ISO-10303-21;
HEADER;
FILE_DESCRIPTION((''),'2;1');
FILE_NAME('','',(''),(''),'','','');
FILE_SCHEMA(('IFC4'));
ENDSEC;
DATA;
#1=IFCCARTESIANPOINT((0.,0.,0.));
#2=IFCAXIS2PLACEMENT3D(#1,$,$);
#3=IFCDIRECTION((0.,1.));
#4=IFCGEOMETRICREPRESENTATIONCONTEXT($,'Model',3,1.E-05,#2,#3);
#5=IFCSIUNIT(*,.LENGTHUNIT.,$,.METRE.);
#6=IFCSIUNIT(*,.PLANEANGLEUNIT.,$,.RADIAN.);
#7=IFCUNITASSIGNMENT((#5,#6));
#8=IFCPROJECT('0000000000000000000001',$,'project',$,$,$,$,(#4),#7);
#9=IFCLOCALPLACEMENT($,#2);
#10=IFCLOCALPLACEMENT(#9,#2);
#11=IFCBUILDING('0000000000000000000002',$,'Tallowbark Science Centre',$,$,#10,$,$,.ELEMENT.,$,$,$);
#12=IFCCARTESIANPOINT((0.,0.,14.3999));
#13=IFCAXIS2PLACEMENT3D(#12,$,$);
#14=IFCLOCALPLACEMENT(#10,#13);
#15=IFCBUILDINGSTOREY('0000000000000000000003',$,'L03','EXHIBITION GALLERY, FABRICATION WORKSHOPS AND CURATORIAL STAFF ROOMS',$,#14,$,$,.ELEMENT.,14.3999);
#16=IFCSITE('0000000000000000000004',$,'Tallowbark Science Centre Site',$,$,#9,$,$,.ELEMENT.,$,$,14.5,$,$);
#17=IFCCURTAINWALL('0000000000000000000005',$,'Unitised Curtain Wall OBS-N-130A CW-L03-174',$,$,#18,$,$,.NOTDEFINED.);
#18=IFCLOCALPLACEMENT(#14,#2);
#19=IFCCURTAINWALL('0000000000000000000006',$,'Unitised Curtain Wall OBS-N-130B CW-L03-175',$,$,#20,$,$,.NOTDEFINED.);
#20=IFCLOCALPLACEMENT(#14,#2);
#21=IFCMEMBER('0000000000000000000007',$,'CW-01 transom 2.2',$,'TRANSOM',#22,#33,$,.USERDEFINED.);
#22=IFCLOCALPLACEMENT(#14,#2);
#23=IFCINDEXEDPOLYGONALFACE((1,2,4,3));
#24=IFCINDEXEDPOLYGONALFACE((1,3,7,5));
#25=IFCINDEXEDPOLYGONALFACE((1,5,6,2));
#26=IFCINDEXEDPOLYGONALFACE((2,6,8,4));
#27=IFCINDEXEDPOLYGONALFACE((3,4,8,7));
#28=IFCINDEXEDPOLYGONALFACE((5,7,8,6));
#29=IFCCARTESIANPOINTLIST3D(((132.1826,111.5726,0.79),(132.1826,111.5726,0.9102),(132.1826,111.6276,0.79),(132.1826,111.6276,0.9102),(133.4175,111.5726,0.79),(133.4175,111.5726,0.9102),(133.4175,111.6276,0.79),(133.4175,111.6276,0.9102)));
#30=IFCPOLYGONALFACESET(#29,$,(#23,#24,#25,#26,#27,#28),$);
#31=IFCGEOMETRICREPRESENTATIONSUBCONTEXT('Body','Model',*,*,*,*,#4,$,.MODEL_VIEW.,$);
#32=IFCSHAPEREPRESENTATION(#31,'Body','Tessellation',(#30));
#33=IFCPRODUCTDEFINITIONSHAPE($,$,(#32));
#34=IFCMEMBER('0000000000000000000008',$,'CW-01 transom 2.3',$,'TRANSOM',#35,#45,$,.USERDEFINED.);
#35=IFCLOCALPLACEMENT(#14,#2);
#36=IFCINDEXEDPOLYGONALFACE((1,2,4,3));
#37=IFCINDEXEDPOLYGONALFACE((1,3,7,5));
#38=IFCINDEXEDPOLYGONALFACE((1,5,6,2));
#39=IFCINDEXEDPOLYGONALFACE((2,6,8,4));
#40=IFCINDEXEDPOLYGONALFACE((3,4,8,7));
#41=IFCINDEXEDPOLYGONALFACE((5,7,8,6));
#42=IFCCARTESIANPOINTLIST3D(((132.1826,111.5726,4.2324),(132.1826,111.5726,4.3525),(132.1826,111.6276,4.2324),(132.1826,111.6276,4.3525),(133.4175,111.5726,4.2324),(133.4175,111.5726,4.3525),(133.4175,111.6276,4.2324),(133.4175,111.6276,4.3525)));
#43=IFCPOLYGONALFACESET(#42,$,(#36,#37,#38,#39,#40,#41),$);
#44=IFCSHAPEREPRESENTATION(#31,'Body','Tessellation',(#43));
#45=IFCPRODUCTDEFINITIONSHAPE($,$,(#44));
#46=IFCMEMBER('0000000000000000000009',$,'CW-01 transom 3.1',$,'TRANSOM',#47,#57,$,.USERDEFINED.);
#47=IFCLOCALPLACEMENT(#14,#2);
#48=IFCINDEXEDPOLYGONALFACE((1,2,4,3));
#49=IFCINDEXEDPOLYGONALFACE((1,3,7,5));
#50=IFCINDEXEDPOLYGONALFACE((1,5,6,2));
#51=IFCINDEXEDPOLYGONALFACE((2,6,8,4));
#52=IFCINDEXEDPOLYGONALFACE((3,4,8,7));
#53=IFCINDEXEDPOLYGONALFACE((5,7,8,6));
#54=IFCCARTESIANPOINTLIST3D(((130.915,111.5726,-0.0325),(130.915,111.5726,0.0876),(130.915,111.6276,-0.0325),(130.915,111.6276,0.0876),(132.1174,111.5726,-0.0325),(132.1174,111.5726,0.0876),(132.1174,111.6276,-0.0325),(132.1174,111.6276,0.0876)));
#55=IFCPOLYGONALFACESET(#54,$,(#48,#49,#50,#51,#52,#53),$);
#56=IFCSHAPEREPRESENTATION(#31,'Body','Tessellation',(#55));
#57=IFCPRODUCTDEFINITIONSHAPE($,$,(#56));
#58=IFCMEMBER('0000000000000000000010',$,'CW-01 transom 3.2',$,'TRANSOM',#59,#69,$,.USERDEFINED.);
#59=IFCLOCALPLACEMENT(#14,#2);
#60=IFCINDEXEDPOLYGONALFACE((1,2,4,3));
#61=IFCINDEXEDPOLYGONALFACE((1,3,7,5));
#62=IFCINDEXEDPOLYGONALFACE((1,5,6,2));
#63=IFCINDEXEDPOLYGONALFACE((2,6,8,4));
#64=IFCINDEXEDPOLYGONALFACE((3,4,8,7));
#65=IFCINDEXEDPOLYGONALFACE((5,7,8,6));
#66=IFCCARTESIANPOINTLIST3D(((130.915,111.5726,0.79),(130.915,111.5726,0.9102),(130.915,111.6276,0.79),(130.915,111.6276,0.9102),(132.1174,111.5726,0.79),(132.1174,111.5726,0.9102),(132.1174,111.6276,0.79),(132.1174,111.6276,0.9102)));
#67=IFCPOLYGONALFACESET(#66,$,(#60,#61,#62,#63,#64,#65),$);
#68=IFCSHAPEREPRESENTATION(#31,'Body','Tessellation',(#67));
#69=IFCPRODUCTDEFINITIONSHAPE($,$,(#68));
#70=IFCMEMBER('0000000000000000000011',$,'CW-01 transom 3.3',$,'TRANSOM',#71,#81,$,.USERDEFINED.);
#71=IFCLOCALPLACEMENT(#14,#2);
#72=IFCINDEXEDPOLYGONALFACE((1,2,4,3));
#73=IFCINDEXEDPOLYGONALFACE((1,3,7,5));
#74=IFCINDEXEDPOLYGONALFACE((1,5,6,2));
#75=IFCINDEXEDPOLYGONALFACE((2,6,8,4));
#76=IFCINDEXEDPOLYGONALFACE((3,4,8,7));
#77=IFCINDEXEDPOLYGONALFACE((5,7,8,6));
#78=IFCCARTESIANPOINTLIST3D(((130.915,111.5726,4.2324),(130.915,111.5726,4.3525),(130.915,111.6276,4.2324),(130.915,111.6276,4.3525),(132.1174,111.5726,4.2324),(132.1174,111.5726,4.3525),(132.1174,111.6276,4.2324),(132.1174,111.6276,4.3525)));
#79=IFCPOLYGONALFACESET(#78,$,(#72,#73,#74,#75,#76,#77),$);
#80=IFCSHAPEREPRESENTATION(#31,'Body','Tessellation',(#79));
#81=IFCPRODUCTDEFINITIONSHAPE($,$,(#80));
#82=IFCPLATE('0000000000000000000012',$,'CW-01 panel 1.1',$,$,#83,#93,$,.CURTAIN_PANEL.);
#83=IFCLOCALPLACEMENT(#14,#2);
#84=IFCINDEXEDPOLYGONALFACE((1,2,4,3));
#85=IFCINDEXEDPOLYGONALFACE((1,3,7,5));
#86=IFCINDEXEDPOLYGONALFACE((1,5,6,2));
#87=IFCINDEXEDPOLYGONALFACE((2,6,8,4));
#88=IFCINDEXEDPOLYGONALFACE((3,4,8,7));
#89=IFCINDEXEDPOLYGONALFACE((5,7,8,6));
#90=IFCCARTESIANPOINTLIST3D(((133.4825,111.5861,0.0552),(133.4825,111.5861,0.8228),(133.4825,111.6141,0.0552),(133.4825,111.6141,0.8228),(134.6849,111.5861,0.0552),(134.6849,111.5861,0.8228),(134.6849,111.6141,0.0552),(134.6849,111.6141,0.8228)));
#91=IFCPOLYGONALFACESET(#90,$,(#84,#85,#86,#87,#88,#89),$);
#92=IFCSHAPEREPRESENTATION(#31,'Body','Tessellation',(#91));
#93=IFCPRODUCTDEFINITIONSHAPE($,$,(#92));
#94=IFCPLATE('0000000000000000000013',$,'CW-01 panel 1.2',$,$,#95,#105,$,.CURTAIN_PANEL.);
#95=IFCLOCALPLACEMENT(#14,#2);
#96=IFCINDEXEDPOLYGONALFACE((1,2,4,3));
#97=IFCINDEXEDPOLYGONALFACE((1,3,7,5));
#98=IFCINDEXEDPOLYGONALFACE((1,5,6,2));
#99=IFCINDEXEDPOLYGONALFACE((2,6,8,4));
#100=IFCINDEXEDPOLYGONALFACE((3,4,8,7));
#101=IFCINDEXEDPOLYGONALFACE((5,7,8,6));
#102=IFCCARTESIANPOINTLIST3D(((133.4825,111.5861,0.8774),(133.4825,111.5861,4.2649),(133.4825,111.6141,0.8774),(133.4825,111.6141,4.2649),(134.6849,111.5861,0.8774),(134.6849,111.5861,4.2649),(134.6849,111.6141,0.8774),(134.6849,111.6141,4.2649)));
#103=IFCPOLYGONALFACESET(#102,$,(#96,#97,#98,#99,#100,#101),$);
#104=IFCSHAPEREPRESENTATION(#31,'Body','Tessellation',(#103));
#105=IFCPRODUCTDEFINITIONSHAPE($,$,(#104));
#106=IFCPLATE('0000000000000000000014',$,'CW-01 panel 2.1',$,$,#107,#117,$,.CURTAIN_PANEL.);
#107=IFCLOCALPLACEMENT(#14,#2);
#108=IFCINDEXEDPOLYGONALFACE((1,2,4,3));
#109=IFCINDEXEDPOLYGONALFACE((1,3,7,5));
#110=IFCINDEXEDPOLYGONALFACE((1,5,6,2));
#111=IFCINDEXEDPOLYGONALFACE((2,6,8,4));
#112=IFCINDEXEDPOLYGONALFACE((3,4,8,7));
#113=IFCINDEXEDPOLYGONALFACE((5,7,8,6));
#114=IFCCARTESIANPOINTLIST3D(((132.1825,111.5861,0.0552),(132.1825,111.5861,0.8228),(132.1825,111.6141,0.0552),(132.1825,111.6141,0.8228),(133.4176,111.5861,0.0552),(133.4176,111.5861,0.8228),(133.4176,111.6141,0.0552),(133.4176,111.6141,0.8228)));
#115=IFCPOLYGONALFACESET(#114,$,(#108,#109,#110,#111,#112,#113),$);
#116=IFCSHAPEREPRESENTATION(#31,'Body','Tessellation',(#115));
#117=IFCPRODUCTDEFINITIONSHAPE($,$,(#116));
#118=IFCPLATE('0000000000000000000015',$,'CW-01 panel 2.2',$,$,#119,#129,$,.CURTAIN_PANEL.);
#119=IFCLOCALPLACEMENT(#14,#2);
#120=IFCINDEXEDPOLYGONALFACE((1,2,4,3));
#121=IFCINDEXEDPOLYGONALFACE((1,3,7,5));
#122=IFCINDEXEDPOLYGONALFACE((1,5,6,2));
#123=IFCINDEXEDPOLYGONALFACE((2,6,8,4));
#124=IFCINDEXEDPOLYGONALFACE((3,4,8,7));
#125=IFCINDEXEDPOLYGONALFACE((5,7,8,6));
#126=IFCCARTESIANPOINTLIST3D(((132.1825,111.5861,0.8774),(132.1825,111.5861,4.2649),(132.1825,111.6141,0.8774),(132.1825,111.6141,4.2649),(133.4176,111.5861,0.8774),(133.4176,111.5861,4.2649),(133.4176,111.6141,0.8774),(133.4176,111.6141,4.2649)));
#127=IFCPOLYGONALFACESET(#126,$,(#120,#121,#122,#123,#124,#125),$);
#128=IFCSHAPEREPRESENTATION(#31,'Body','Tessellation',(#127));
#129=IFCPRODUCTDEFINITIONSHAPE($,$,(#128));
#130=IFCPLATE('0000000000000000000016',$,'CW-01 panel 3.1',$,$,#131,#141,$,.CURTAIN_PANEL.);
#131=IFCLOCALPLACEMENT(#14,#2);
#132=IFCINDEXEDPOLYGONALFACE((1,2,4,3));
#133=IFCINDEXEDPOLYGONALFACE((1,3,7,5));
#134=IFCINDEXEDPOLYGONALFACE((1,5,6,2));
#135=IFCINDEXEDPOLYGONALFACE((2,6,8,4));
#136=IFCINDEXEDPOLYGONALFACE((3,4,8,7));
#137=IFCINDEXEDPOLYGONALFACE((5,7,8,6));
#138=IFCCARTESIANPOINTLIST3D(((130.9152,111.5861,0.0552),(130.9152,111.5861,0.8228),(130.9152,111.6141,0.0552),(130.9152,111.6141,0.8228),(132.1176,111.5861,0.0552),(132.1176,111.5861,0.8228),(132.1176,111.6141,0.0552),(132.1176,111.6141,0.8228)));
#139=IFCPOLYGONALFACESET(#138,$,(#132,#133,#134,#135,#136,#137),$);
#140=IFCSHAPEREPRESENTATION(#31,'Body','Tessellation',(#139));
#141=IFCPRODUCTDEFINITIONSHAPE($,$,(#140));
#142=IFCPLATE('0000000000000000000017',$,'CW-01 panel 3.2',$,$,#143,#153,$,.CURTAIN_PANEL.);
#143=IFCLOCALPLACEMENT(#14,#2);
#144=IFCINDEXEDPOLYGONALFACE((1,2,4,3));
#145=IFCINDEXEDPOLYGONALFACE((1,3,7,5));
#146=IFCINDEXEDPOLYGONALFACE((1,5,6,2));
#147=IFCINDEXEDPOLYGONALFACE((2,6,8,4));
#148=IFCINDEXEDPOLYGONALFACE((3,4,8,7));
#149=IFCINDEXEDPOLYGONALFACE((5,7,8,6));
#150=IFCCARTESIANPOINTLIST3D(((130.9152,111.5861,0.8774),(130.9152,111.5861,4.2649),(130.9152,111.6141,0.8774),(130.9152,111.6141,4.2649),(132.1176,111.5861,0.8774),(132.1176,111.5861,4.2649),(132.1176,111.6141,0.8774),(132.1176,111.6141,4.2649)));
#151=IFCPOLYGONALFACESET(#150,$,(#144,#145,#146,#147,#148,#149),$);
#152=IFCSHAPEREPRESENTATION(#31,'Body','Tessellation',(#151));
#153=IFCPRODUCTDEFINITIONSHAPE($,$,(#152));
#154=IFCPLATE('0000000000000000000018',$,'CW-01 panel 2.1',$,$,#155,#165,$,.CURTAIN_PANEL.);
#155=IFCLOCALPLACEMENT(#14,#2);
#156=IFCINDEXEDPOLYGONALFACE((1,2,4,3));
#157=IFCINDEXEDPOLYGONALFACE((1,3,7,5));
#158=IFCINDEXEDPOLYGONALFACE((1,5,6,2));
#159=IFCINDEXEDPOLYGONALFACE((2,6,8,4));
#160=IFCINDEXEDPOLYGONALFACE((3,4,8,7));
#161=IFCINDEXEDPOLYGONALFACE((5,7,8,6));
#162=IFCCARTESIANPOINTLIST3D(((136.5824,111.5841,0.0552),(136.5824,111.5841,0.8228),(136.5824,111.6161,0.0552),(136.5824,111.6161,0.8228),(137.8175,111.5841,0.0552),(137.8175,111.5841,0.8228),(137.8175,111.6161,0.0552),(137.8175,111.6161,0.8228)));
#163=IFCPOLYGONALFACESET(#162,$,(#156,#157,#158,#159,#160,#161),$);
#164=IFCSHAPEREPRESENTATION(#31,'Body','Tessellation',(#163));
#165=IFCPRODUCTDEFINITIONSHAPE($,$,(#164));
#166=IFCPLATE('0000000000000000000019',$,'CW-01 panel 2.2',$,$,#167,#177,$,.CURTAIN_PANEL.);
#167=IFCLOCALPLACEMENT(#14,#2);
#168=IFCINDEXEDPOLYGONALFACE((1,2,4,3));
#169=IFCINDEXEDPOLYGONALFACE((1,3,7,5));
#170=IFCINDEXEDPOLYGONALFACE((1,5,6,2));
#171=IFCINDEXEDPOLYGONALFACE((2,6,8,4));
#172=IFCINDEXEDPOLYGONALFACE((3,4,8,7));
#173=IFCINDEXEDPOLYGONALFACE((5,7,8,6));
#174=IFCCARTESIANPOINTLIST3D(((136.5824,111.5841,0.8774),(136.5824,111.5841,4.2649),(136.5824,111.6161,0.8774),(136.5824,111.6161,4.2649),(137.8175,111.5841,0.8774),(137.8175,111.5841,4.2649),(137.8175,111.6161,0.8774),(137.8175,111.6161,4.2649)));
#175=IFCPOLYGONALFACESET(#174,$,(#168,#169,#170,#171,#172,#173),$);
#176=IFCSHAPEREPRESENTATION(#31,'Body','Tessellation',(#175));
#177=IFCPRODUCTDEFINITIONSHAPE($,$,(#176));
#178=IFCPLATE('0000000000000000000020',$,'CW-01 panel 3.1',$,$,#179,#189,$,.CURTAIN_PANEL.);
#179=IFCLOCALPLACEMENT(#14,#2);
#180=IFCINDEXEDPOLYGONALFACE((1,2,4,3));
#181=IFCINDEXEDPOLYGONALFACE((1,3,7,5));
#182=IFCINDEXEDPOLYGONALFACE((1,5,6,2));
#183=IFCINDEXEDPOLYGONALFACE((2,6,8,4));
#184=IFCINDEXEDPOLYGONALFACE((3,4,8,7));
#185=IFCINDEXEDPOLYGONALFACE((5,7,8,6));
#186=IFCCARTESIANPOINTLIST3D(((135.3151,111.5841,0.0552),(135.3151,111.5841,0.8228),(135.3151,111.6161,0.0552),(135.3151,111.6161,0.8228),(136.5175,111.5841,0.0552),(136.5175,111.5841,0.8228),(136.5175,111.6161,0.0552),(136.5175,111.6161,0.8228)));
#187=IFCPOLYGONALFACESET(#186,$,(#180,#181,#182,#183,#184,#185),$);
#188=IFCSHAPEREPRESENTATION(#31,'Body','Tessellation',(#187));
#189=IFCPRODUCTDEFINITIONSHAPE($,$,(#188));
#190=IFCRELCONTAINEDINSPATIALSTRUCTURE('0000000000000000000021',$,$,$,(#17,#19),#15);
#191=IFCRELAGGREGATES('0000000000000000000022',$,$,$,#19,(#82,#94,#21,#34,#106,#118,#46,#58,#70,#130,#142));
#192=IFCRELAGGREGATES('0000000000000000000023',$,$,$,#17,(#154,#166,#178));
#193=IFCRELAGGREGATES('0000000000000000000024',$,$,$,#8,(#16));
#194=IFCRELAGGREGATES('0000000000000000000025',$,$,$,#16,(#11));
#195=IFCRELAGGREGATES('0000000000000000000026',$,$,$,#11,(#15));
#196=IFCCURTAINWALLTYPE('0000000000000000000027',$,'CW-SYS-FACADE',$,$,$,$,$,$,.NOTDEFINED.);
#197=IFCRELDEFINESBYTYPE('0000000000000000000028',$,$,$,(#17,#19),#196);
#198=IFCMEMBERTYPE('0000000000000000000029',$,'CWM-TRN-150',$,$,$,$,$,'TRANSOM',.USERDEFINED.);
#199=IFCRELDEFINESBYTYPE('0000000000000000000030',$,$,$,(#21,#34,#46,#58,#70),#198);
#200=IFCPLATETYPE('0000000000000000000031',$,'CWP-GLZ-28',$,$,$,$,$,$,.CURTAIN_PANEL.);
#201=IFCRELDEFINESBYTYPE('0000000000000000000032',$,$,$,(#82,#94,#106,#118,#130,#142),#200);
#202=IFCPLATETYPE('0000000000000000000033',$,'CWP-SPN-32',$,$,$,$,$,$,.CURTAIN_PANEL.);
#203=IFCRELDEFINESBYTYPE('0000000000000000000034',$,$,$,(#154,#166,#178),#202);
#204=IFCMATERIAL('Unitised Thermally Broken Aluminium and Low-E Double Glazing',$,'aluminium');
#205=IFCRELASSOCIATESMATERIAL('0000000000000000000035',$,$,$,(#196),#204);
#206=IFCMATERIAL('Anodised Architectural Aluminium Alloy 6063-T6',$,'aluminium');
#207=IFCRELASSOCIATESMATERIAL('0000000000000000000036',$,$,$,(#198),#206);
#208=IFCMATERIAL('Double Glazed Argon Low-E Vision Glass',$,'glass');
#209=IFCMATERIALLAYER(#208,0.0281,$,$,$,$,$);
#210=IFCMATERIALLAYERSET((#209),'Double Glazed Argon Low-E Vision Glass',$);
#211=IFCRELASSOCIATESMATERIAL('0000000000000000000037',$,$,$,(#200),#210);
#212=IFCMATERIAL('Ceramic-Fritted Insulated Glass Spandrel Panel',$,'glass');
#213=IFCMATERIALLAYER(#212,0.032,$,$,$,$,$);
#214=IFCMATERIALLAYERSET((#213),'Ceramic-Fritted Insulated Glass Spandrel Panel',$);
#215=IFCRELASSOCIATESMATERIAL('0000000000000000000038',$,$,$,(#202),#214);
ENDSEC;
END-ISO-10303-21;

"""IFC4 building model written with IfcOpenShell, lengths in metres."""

from ifc_helpers import new_model, si_unit, direction, frame, origin, origin_2d, place, context, subcontext, project, spatial, rectangle, extrude, material, layer, layer_set, material_profile, profile_set, type_object, element, aggregate, save


model = new_model("IFC4")

# Units and contexts
model_context = context("Model", 3, precision=1e-05, world=origin(), true_north=direction((0.0, 1.0)))
body_context = subcontext(model_context, "Body", "Model", "MODEL_VIEW")
ifc_project = project(units=[si_unit("LENGTHUNIT", "METRE"), si_unit("PLANEANGLEUNIT", "RADIAN")], contexts=[model_context])

# Site, building, storey
site_placement = place(None, origin())
site = spatial("IfcSite", under=ifc_project, at=site_placement, Name="Tallowbark Science Centre Site", CompositionType="ELEMENT", RefElevation=14.5)
building_placement = place(site_placement, origin())
building = spatial("IfcBuilding", under=site, at=building_placement, Name="Tallowbark Science Centre", CompositionType="ELEMENT")
storey_placement = place(building_placement, frame((0.0, 0.0, 14.3999)))
storey = spatial("IfcBuildingStorey", under=building, at=storey_placement, Name="L03", Description="EXHIBITION GALLERY, FABRICATION WORKSHOPS AND CURATORIAL STAFF ROOMS", CompositionType="ELEMENT", Elevation=14.3999)

# Curtain walls
ifc_material_1 = material(Name="Unitised Thermally Broken Aluminium and Low-E Double Glazing", Category="aluminium")
curtain_wall_type = type_object("IfcCurtainWallType", Name="CW-SYS-FACADE", PredefinedType="NOTDEFINED", material=ifc_material_1)
curtain_wall_1_placement = place(storey_placement, origin())
curtain_wall_1 = element("IfcCurtainWall", 1, at=curtain_wall_1_placement, inside=storey, type_object=curtain_wall_type, Name="Unitised Curtain Wall OBS-N-130A CW-L03-174", PredefinedType="NOTDEFINED")
ifc_material_2 = material(Name="Anodised Architectural Aluminium Alloy 6063-T6", Category="aluminium")
curtain_wall_2_placement = place(storey_placement, origin())
curtain_wall_2 = element("IfcCurtainWall", 2, at=curtain_wall_2_placement, inside=storey, type_object=curtain_wall_type, Name="Unitised Curtain Wall OBS-N-130B CW-L03-175", PredefinedType="NOTDEFINED")

# Members
ifc_material_profile_1 = material_profile(ifc_material_2, rectangle(XDim=0.0549, YDim=0.1201, at=origin_2d()), Name="ALU55x120")
ifc_profile_set_1 = profile_set([ifc_material_profile_1], Name="Anodised Architectural Aluminium Alloy 6063-T6")
member_type_1 = type_object("IfcMemberType", Name="CWM-TRN-150", ElementType="TRANSOM", PredefinedType="USERDEFINED", material=ifc_profile_set_1)
member_1_placement = place(storey_placement, frame((133.4175, 111.6001, 0.8501), z_axis=(-1.0, 0.0, 0.0), x_axis=(0.0, -1.0, 0.0)))
member_1 = element("IfcMember", 3, at=member_1_placement, type_object=member_type_1, Name="CW-01 transom 2.2", ObjectType="TRANSOM", PredefinedType="USERDEFINED", context=body_context, shape_type="SweptSolid", body=[
    extrude(rectangle(XDim=0.0549, YDim=0.1201, at=origin_2d()), origin(), (0.0, 0.0, 1.0), 1.2349),
])
member_2_placement = place(storey_placement, frame((133.4175, 111.6001, 4.2925), z_axis=(-1.0, 0.0, 0.0), x_axis=(0.0, -1.0, 0.0)))
member_2 = element("IfcMember", 4, at=member_2_placement, type_object=member_type_1, Name="CW-01 transom 2.3", ObjectType="TRANSOM", PredefinedType="USERDEFINED", context=body_context, shape_type="SweptSolid", body=[
    extrude(rectangle(XDim=0.0549, YDim=0.1201, at=origin_2d()), origin(), (0.0, 0.0, 1.0), 1.2349),
])
member_3_placement = place(storey_placement, frame((132.1174, 111.6001, 0.0276), z_axis=(-1.0, 0.0, 0.0), x_axis=(0.0, -1.0, 0.0)))
member_3 = element("IfcMember", 5, at=member_3_placement, type_object=member_type_1, Name="CW-01 transom 3.1", ObjectType="TRANSOM", PredefinedType="USERDEFINED", context=body_context, shape_type="SweptSolid", body=[
    extrude(rectangle(XDim=0.0549, YDim=0.1201, at=origin_2d()), origin(), (0.0, 0.0, 1.0), 1.2024),
])
member_4_placement = place(storey_placement, frame((132.1174, 111.6001, 0.8501), z_axis=(-1.0, 0.0, 0.0), x_axis=(0.0, -1.0, 0.0)))
member_4 = element("IfcMember", 6, at=member_4_placement, type_object=member_type_1, Name="CW-01 transom 3.2", ObjectType="TRANSOM", PredefinedType="USERDEFINED", context=body_context, shape_type="SweptSolid", body=[
    extrude(rectangle(XDim=0.0549, YDim=0.1201, at=origin_2d()), origin(), (0.0, 0.0, 1.0), 1.2024),
])
member_5_placement = place(storey_placement, frame((132.1174, 111.6001, 4.2925), z_axis=(-1.0, 0.0, 0.0), x_axis=(0.0, -1.0, 0.0)))
member_5 = element("IfcMember", 7, at=member_5_placement, type_object=member_type_1, Name="CW-01 transom 3.3", ObjectType="TRANSOM", PredefinedType="USERDEFINED", context=body_context, shape_type="SweptSolid", body=[
    extrude(rectangle(XDim=0.0549, YDim=0.1201, at=origin_2d()), origin(), (0.0, 0.0, 1.0), 1.2024),
])

# Plates
ifc_material_3 = material(Name="Double Glazed Argon Low-E Vision Glass", Category="glass")
ifc_layer_1 = layer(ifc_material_3, 0.0281)
ifc_layer_set_1 = layer_set([ifc_layer_1], Name="Double Glazed Argon Low-E Vision Glass")
plate_type_1 = type_object("IfcPlateType", Name="CWP-GLZ-28", PredefinedType="CURTAIN_PANEL", material=ifc_layer_set_1)
plate_1_placement = place(storey_placement, frame((134.0837, 111.6001, 0.0552), z_axis=(0.0, 0.0, 1.0), x_axis=(-1.0, 0.0, 0.0)))
plate_1 = element("IfcPlate", 8, at=plate_1_placement, type_object=plate_type_1, Name="CW-01 panel 1.1", PredefinedType="CURTAIN_PANEL", context=body_context, shape_type="SweptSolid", body=[
    extrude(rectangle(XDim=1.2024, YDim=0.0281, at=origin_2d()), origin(), (0.0, 0.0, 1.0), 0.7676),
])
plate_2_placement = place(storey_placement, frame((134.0837, 111.6001, 0.8774), z_axis=(0.0, 0.0, 1.0), x_axis=(-1.0, 0.0, 0.0)))
plate_2 = element("IfcPlate", 9, at=plate_2_placement, type_object=plate_type_1, Name="CW-01 panel 1.2", PredefinedType="CURTAIN_PANEL", context=body_context, shape_type="SweptSolid", body=[
    extrude(rectangle(XDim=1.2024, YDim=0.0281, at=origin_2d()), origin(), (0.0, 0.0, 1.0), 3.3875),
])
plate_3_placement = place(storey_placement, frame((132.8, 111.6001, 0.0552), z_axis=(0.0, 0.0, 1.0), x_axis=(-1.0, 0.0, 0.0)))
plate_3 = element("IfcPlate", 10, at=plate_3_placement, type_object=plate_type_1, Name="CW-01 panel 2.1", PredefinedType="CURTAIN_PANEL", context=body_context, shape_type="SweptSolid", body=[
    extrude(rectangle(XDim=1.2351, YDim=0.0281, at=origin_2d()), origin(), (0.0, 0.0, 1.0), 0.7676),
])
plate_4_placement = place(storey_placement, frame((132.8, 111.6001, 0.8774), z_axis=(0.0, 0.0, 1.0), x_axis=(-1.0, 0.0, 0.0)))
plate_4 = element("IfcPlate", 11, at=plate_4_placement, type_object=plate_type_1, Name="CW-01 panel 2.2", PredefinedType="CURTAIN_PANEL", context=body_context, shape_type="SweptSolid", body=[
    extrude(rectangle(XDim=1.2351, YDim=0.0281, at=origin_2d()), origin(), (0.0, 0.0, 1.0), 3.3875),
])
plate_5_placement = place(storey_placement, frame((131.5164, 111.6001, 0.0552), z_axis=(0.0, 0.0, 1.0), x_axis=(-1.0, 0.0, 0.0)))
plate_5 = element("IfcPlate", 12, at=plate_5_placement, type_object=plate_type_1, Name="CW-01 panel 3.1", PredefinedType="CURTAIN_PANEL", context=body_context, shape_type="SweptSolid", body=[
    extrude(rectangle(XDim=1.2024, YDim=0.0281, at=origin_2d()), origin(), (0.0, 0.0, 1.0), 0.7676),
])
plate_6_placement = place(storey_placement, frame((131.5164, 111.6001, 0.8774), z_axis=(0.0, 0.0, 1.0), x_axis=(-1.0, 0.0, 0.0)))
plate_6 = element("IfcPlate", 13, at=plate_6_placement, type_object=plate_type_1, Name="CW-01 panel 3.2", PredefinedType="CURTAIN_PANEL", context=body_context, shape_type="SweptSolid", body=[
    extrude(rectangle(XDim=1.2024, YDim=0.0281, at=origin_2d()), origin(), (0.0, 0.0, 1.0), 3.3875),
])
aggregate(curtain_wall_2, [plate_1, plate_2, member_1, member_2, plate_3, plate_4, member_3, member_4, member_5, plate_5, plate_6])
ifc_material_4 = material(Name="Ceramic-Fritted Insulated Glass Spandrel Panel", Category="glass")
ifc_layer_2 = layer(ifc_material_4, 0.032)
ifc_layer_set_2 = layer_set([ifc_layer_2], Name="Ceramic-Fritted Insulated Glass Spandrel Panel")
plate_type_2 = type_object("IfcPlateType", Name="CWP-SPN-32", PredefinedType="CURTAIN_PANEL", material=ifc_layer_set_2)
plate_7_placement = place(storey_placement, frame((137.2, 111.6001, 0.0552), z_axis=(0.0, 0.0, 1.0), x_axis=(-1.0, 0.0, 0.0)))
plate_7 = element("IfcPlate", 14, at=plate_7_placement, type_object=plate_type_2, Name="CW-01 panel 2.1", PredefinedType="CURTAIN_PANEL", context=body_context, shape_type="SweptSolid", body=[
    extrude(rectangle(XDim=1.2351, YDim=0.032, at=origin_2d()), origin(), (0.0, 0.0, 1.0), 0.7676),
])
plate_8_placement = place(storey_placement, frame((137.2, 111.6001, 0.8774), z_axis=(0.0, 0.0, 1.0), x_axis=(-1.0, 0.0, 0.0)))
plate_8 = element("IfcPlate", 15, at=plate_8_placement, type_object=plate_type_2, Name="CW-01 panel 2.2", PredefinedType="CURTAIN_PANEL", context=body_context, shape_type="SweptSolid", body=[
    extrude(rectangle(XDim=1.2351, YDim=0.032, at=origin_2d()), origin(), (0.0, 0.0, 1.0), 3.3875),
])
plate_9_placement = place(storey_placement, frame((135.9163, 111.6001, 0.0552), z_axis=(0.0, 0.0, 1.0), x_axis=(-1.0, 0.0, 0.0)))
plate_9 = element("IfcPlate", 16, at=plate_9_placement, type_object=plate_type_2, Name="CW-01 panel 3.1", PredefinedType="CURTAIN_PANEL", context=body_context, shape_type="SweptSolid", body=[
    extrude(rectangle(XDim=1.2024, YDim=0.032, at=origin_2d()), origin(), (0.0, 0.0, 1.0), 0.7676),
])
aggregate(curtain_wall_1, [plate_7, plate_8, plate_9])

save(model, "model.ifc")
